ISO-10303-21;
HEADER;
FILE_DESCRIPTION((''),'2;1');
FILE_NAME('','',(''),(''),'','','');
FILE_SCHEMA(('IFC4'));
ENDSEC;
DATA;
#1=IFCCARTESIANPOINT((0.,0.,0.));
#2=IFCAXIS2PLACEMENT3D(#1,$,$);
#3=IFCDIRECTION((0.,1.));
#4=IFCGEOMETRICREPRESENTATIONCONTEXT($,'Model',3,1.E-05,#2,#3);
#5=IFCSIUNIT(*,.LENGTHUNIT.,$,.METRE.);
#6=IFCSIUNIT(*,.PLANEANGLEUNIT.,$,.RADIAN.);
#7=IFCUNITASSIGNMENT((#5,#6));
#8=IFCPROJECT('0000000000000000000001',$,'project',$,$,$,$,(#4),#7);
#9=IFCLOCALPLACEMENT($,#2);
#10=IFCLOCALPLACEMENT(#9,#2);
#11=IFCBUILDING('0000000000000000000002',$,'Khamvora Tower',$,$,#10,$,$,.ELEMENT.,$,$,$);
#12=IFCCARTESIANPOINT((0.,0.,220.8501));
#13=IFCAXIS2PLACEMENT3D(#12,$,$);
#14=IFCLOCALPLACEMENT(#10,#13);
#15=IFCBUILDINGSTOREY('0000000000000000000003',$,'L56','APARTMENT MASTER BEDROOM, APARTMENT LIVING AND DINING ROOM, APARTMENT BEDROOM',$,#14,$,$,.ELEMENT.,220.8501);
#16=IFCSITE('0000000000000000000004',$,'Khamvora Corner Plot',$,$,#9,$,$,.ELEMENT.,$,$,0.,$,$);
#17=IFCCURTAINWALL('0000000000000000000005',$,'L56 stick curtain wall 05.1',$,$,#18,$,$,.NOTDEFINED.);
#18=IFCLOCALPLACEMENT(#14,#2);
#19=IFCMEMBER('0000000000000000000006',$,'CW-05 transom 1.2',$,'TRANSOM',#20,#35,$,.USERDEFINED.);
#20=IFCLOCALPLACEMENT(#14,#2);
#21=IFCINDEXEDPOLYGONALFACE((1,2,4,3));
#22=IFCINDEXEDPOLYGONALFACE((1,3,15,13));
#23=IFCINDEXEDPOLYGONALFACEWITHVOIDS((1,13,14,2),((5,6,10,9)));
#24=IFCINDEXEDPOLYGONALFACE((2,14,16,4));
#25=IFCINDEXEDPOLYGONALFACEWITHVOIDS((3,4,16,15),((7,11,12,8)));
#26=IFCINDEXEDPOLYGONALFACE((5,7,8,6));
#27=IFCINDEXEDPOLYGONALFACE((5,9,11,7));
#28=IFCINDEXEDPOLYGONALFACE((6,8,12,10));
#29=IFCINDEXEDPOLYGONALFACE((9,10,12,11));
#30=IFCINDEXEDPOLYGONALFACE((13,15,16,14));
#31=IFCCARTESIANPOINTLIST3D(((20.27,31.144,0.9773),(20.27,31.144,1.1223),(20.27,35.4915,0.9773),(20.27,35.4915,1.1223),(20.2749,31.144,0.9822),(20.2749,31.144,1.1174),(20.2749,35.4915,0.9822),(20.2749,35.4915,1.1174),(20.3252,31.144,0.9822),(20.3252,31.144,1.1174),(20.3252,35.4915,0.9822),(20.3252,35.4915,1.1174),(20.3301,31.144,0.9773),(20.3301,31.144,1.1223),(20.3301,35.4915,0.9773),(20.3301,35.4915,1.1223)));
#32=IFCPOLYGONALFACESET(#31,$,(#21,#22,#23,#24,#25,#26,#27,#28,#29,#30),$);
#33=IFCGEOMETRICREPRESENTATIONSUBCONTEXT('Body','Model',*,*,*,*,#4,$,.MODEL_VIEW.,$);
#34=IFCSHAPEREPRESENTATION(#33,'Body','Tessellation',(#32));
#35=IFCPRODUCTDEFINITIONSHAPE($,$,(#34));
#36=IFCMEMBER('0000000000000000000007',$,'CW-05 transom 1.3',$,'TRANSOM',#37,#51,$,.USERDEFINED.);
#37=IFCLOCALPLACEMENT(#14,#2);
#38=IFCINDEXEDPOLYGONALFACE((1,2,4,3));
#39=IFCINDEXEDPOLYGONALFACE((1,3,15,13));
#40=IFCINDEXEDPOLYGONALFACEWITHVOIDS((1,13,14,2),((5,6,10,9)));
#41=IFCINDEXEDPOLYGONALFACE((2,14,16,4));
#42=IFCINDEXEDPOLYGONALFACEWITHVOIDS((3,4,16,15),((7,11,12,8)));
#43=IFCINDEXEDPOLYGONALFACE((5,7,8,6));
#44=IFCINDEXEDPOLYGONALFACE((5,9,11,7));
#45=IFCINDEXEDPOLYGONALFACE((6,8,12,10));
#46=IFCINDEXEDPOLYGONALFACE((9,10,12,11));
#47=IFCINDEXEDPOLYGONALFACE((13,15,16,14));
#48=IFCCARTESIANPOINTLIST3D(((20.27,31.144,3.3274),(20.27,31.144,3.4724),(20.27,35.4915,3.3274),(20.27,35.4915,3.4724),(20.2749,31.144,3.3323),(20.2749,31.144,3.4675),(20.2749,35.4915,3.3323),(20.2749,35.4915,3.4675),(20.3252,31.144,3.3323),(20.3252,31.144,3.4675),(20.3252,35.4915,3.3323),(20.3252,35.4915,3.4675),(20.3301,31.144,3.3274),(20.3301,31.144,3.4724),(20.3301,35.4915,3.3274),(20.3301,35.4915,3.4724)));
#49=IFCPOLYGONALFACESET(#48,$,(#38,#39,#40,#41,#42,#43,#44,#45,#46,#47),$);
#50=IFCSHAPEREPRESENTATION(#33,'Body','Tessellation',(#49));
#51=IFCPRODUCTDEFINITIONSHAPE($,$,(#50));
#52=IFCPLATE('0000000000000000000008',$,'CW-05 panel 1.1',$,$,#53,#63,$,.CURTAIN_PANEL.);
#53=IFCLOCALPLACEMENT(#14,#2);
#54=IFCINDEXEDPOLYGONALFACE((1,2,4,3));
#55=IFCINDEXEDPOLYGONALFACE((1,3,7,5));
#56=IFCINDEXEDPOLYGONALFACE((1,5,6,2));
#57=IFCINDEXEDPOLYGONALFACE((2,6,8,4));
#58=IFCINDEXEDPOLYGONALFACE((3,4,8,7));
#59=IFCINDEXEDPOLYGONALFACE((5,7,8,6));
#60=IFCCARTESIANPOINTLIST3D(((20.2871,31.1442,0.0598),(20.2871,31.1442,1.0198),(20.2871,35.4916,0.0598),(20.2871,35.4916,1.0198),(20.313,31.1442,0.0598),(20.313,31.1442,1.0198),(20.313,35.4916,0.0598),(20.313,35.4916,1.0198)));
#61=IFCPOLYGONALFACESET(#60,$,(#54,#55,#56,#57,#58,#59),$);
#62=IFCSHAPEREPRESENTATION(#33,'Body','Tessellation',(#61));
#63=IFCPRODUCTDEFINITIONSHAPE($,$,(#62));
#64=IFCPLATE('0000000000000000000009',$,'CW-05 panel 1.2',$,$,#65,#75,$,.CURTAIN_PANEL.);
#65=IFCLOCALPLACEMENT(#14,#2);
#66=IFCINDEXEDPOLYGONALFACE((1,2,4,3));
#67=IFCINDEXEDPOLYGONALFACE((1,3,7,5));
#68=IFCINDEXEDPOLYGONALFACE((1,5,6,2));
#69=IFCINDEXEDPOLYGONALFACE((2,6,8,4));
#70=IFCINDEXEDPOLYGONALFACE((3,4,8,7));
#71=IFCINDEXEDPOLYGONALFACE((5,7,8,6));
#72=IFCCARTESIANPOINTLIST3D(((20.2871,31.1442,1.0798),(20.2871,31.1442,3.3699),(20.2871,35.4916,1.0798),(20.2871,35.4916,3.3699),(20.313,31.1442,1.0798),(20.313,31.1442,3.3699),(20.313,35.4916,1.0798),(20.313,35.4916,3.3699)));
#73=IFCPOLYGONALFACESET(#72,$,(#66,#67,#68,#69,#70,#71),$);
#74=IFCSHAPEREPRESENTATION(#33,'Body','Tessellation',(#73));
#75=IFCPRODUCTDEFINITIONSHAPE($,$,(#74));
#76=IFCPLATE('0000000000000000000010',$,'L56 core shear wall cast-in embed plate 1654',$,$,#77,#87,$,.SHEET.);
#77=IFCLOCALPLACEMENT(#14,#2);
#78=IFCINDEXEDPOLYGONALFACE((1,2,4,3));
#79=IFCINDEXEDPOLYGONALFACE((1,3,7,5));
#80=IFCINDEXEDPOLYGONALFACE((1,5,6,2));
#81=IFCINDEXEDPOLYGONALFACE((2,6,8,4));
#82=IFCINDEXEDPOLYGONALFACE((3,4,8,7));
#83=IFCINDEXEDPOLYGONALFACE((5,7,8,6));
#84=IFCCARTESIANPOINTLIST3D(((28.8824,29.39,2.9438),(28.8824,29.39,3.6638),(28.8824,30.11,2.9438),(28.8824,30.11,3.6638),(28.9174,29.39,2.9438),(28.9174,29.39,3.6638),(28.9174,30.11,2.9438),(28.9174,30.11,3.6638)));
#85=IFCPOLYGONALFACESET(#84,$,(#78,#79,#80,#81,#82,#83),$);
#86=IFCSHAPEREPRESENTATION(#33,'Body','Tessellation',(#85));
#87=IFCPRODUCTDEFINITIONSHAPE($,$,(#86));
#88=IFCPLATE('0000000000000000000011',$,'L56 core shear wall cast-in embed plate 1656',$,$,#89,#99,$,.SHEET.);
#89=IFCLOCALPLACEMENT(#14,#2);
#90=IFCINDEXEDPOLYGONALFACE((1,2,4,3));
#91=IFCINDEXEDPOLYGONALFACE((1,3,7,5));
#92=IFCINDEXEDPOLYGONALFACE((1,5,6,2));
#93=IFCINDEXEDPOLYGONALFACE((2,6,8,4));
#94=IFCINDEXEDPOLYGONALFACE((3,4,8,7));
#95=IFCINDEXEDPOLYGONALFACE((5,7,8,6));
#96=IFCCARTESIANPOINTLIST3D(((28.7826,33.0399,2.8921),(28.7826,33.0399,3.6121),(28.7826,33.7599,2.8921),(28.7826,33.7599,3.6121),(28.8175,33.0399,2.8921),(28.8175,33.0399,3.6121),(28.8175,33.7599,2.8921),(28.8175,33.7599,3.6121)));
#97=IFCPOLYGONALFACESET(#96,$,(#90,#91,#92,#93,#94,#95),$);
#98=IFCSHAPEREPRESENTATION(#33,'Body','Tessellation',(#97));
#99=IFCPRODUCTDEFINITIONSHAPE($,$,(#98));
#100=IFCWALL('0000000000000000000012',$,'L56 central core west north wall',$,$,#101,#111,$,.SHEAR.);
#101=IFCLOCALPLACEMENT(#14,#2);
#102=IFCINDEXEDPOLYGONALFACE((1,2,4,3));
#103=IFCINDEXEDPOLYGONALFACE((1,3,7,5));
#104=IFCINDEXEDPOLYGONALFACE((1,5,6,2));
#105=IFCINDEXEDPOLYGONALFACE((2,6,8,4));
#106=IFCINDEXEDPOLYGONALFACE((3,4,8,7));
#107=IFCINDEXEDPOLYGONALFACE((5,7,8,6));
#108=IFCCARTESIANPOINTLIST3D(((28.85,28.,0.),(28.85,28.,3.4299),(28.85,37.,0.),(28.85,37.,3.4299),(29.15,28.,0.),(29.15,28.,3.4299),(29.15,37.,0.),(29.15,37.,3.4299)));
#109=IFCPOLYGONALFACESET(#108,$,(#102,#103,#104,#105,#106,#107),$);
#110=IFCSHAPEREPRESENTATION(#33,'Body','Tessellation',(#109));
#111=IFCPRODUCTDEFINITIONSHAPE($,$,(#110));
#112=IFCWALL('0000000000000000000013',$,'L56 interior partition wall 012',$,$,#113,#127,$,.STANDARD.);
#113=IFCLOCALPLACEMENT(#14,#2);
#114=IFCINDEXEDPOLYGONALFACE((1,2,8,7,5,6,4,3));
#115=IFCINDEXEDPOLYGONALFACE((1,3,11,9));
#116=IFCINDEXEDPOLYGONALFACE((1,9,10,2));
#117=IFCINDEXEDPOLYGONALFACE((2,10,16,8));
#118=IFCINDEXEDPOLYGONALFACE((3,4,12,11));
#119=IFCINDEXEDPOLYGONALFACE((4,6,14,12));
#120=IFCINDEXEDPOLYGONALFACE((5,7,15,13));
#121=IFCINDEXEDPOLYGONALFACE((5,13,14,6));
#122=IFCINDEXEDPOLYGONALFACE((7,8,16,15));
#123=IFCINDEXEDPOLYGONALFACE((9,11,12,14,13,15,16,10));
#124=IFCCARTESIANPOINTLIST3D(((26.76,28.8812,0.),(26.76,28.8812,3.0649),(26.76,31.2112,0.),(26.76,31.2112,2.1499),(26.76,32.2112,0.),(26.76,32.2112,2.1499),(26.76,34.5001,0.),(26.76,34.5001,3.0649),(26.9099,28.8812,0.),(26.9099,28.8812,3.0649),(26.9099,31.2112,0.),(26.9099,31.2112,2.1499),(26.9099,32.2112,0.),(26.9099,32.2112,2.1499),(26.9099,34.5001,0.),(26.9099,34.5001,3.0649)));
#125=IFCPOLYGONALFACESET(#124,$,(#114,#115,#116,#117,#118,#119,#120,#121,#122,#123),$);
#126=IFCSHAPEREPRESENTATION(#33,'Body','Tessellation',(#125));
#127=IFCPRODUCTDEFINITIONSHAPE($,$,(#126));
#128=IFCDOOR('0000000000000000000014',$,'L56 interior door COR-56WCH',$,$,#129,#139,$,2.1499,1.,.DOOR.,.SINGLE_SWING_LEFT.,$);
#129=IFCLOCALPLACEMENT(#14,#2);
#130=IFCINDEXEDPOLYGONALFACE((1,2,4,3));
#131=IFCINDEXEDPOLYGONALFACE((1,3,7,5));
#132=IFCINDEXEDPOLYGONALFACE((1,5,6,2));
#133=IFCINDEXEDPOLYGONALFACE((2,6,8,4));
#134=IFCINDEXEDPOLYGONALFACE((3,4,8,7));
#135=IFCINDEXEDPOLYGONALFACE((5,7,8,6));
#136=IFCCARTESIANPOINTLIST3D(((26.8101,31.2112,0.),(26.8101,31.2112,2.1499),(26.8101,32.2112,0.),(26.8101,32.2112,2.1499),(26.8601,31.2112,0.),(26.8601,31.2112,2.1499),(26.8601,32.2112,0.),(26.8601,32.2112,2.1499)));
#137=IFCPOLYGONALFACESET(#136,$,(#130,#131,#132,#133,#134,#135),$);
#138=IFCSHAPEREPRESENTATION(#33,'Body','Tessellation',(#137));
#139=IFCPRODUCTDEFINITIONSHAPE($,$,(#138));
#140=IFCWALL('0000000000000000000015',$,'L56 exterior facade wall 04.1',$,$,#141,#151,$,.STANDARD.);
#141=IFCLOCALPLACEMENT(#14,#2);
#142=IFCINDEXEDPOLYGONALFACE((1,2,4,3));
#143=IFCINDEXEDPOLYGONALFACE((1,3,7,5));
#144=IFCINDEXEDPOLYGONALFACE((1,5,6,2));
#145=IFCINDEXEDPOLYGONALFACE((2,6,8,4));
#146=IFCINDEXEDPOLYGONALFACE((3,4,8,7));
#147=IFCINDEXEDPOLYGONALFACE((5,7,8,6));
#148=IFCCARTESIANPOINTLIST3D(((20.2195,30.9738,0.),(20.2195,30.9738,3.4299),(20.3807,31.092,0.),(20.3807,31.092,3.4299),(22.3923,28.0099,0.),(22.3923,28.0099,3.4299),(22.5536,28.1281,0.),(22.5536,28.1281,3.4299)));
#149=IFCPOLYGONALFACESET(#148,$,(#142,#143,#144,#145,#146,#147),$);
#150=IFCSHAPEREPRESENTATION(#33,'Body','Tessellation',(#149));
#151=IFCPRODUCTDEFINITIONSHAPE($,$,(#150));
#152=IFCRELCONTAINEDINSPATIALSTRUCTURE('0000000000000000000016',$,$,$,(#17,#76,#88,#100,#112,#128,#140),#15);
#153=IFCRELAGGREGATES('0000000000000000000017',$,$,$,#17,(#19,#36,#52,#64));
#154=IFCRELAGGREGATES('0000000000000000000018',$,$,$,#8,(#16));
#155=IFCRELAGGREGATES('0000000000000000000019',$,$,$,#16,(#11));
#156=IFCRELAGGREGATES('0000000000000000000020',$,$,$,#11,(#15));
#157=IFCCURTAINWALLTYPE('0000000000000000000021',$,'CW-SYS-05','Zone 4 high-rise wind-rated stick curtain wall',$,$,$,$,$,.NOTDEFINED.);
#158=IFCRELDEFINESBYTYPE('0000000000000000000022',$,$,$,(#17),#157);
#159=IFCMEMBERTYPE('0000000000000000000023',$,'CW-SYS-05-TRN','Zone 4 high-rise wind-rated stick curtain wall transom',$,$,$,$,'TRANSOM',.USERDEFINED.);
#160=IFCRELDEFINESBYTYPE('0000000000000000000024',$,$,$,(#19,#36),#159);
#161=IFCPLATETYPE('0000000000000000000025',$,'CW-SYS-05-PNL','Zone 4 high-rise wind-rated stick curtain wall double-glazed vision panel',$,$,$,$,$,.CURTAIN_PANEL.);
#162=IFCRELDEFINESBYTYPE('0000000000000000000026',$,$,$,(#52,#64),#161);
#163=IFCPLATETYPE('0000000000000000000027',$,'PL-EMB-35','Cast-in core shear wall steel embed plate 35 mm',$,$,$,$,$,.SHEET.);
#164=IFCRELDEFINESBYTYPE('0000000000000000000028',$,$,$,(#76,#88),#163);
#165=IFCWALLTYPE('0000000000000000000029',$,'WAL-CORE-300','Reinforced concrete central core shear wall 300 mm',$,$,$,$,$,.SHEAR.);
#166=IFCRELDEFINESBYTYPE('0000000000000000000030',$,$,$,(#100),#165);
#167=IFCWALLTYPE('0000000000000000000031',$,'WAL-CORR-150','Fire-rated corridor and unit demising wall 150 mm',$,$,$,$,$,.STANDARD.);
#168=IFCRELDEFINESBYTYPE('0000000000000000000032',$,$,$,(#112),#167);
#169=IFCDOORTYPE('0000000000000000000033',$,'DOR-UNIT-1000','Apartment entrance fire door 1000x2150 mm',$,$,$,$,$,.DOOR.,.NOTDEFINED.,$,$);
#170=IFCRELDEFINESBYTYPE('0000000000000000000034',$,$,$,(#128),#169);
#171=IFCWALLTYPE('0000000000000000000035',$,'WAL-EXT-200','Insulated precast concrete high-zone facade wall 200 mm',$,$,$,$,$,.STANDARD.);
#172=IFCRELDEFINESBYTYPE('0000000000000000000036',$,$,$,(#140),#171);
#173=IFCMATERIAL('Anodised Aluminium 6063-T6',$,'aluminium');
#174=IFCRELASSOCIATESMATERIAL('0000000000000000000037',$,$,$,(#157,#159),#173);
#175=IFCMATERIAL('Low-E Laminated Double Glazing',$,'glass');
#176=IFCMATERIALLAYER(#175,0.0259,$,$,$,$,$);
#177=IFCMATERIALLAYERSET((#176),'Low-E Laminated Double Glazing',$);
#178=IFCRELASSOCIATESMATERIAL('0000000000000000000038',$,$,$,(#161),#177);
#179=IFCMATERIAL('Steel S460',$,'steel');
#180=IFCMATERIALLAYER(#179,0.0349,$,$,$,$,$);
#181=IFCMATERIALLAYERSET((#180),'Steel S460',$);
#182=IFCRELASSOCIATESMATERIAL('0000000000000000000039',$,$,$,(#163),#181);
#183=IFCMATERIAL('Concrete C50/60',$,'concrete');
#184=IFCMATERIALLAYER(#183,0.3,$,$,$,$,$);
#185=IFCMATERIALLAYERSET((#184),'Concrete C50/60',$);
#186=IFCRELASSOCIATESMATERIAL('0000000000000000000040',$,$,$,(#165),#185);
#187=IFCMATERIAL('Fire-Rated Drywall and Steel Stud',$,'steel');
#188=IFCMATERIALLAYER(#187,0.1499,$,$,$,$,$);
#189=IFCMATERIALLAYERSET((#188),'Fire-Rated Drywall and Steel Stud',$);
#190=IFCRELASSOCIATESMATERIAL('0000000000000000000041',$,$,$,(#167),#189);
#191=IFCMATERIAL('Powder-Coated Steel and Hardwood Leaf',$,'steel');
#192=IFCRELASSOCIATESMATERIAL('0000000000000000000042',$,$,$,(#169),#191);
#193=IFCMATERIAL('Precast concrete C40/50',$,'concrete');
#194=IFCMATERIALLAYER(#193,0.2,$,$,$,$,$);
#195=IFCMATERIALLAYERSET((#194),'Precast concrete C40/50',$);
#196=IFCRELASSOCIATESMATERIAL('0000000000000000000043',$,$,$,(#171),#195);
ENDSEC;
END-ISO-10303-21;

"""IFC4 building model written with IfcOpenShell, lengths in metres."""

from ifc_helpers import new_model, si_unit, direction, frame, frame_2d, origin, origin_2d, place, context, subcontext, project, spatial, rectangle, hollow_rectangle, extrude, material, layer, layer_set, material_profile, profile_set, type_object, element, fill, aggregate, save


model = new_model("IFC4")

# Units and contexts
model_context = context("Model", 3, precision=1e-05, world=origin(), true_north=direction((0.0, 1.0)))
body_context = subcontext(model_context, "Body", "Model", "MODEL_VIEW")
ifc_project = project(units=[si_unit("LENGTHUNIT", "METRE"), si_unit("PLANEANGLEUNIT", "RADIAN")], contexts=[model_context])

# Site, building, storey
site_placement = place(None, origin())
site = spatial("IfcSite", under=ifc_project, at=site_placement, Name="Khamvora Corner Plot", CompositionType="ELEMENT", RefElevation=0.0)
building_placement = place(site_placement, origin())
building = spatial("IfcBuilding", under=site, at=building_placement, Name="Khamvora Tower", CompositionType="ELEMENT")
storey_placement = place(building_placement, frame((0.0, 0.0, 220.8501)))
storey = spatial("IfcBuildingStorey", under=building, at=storey_placement, Name="L56", Description="APARTMENT MASTER BEDROOM, APARTMENT LIVING AND DINING ROOM, APARTMENT BEDROOM", CompositionType="ELEMENT", Elevation=220.8501)

# Shared definitions
ifc_material_1 = material(Name="Steel S460", Category="steel")

# Curtain wall, members, plates
ifc_material_2 = material(Name="Anodised Aluminium 6063-T6", Category="aluminium")
curtain_wall_type = type_object("IfcCurtainWallType", Name="CW-SYS-05", Description="Zone 4 high-rise wind-rated stick curtain wall", PredefinedType="NOTDEFINED", material=ifc_material_2)
curtain_wall_placement = place(storey_placement, origin())
curtain_wall = element("IfcCurtainWall", 1, at=curtain_wall_placement, inside=storey, type_object=curtain_wall_type, Name="L56 stick curtain wall 05.1", PredefinedType="NOTDEFINED")
ifc_material_profile_1 = material_profile(ifc_material_2, hollow_rectangle(XDim=0.0601, YDim=0.145, WallThickness=0.0049, at=origin_2d()), Name="TRN60x145x5")
ifc_profile_set_1 = profile_set([ifc_material_profile_1], Name="Anodised Aluminium 6063-T6")
member_type_1 = type_object("IfcMemberType", Name="CW-SYS-05-TRN", Description="Zone 4 high-rise wind-rated stick curtain wall transom", ElementType="TRANSOM", PredefinedType="USERDEFINED", material=ifc_profile_set_1)
member_1_placement = place(storey_placement, frame((20.3, 31.144, 1.0498), z_axis=(0.0, 1.0, 0.0), x_axis=(-1.0, 0.0, 0.0)))
member_1 = element("IfcMember", 2, at=member_1_placement, type_object=member_type_1, Name="CW-05 transom 1.2", ObjectType="TRANSOM", PredefinedType="USERDEFINED", context=body_context, shape_type="SweptSolid", body=[
    extrude(hollow_rectangle(XDim=0.0601, YDim=0.145, WallThickness=0.0049, at=origin_2d()), origin(), (0.0, 0.0, 1.0), 4.3474),
])
member_2_placement = place(storey_placement, frame((20.3, 31.144, 3.3999), z_axis=(0.0, 1.0, 0.0), x_axis=(-1.0, 0.0, 0.0)))
member_2 = element("IfcMember", 3, at=member_2_placement, type_object=member_type_1, Name="CW-05 transom 1.3", ObjectType="TRANSOM", PredefinedType="USERDEFINED", context=body_context, shape_type="SweptSolid", body=[
    extrude(hollow_rectangle(XDim=0.0601, YDim=0.145, WallThickness=0.0049, at=origin_2d()), origin(), (0.0, 0.0, 1.0), 4.3474),
])
ifc_material_3 = material(Name="Low-E Laminated Double Glazing", Category="glass")
ifc_layer_1 = layer(ifc_material_3, 0.0259)
ifc_layer_set_1 = layer_set([ifc_layer_1], Name="Low-E Laminated Double Glazing")
plate_type_1 = type_object("IfcPlateType", Name="CW-SYS-05-PNL", Description="Zone 4 high-rise wind-rated stick curtain wall double-glazed vision panel", PredefinedType="CURTAIN_PANEL", material=ifc_layer_set_1)
plate_1_placement = place(storey_placement, frame((20.3, 33.3179, 0.0598), z_axis=(0.0, 0.0, 1.0), x_axis=(0.0, 1.0, 0.0)))
plate_1 = element("IfcPlate", 4, at=plate_1_placement, type_object=plate_type_1, Name="CW-05 panel 1.1", PredefinedType="CURTAIN_PANEL", context=body_context, shape_type="SweptSolid", body=[
    extrude(rectangle(XDim=4.3474, YDim=0.0259, at=origin_2d()), origin(), (0.0, 0.0, 1.0), 0.96),
])
plate_2_placement = place(storey_placement, frame((20.3, 33.3179, 1.0798), z_axis=(0.0, 0.0, 1.0), x_axis=(0.0, 1.0, 0.0)))
plate_2 = element("IfcPlate", 5, at=plate_2_placement, type_object=plate_type_1, Name="CW-05 panel 1.2", PredefinedType="CURTAIN_PANEL", context=body_context, shape_type="SweptSolid", body=[
    extrude(rectangle(XDim=4.3474, YDim=0.0259, at=origin_2d()), origin(), (0.0, 0.0, 1.0), 2.29),
])
aggregate(curtain_wall, [member_1, member_2, plate_1, plate_2])

# Plates
ifc_layer_2 = layer(ifc_material_1, 0.0349)
ifc_layer_set_2 = layer_set([ifc_layer_2], Name="Steel S460")
plate_type_2 = type_object("IfcPlateType", Name="PL-EMB-35", Description="Cast-in core shear wall steel embed plate 35 mm", PredefinedType="SHEET", material=ifc_layer_set_2)
for number, where, z_axis, x_axis, name in (
    (6, (28.8999, 29.75, 2.9438), (0.0, 0.0, 1.0), (1.0, 0.0, 0.0), "L56 core shear wall cast-in embed plate 1654"),
    (7, (28.8, 33.3999, 2.8921), (0.0, 0.0, 1.0), (1.0, 0.0, 0.0), "L56 core shear wall cast-in embed plate 1656"),
):
    element("IfcPlate", number, at=place(storey_placement, frame(where, z_axis=z_axis, x_axis=x_axis)), inside=storey, type_object=plate_type_2, Name=name, PredefinedType="SHEET", context=body_context, shape_type="SweptSolid", body=[
        extrude(rectangle(XDim=0.0349, YDim=0.72, at=origin_2d()), origin(), (0.0, 0.0, 1.0), 0.72),
    ])

# Wall
ifc_material_4 = material(Name="Concrete C50/60", Category="concrete")
ifc_layer_3 = layer(ifc_material_4, 0.3)
ifc_layer_set_3 = layer_set([ifc_layer_3], Name="Concrete C50/60")
wall_type_1 = type_object("IfcWallType", Name="WAL-CORE-300", Description="Reinforced concrete central core shear wall 300 mm", PredefinedType="SHEAR", material=ifc_layer_set_3)
wall_1_placement = place(storey_placement, frame((29.0, 28.0, 0.0), z_axis=(0.0, 0.0, 1.0), x_axis=(0.0, 1.0, 0.0)))
element("IfcWall", 8, at=wall_1_placement, inside=storey, type_object=wall_type_1, Name="L56 central core west north wall", PredefinedType="SHEAR", context=body_context, shape_type="SweptSolid", body=[
    extrude(rectangle(XDim=9.0, YDim=0.3, at=frame_2d((4.5, 0.0))), origin(), (0.0, 0.0, 1.0), 3.4299),
])

# Wall, opening, door
ifc_material_5 = material(Name="Fire-Rated Drywall and Steel Stud", Category="steel")
ifc_layer_4 = layer(ifc_material_5, 0.1499)
ifc_layer_set_4 = layer_set([ifc_layer_4], Name="Fire-Rated Drywall and Steel Stud")
wall_type_2 = type_object("IfcWallType", Name="WAL-CORR-150", Description="Fire-rated corridor and unit demising wall 150 mm", PredefinedType="STANDARD", material=ifc_layer_set_4)
wall_2_placement = place(storey_placement, frame((26.835, 28.8811, 0.0), z_axis=(0.0, 0.0, 1.0), x_axis=(0.0, 1.0, 0.0)))
wall_2 = element("IfcWall", 9, at=wall_2_placement, inside=storey, type_object=wall_type_2, Name="L56 interior partition wall 012", PredefinedType="STANDARD", context=body_context, shape_type="SweptSolid", body=[
    extrude(rectangle(XDim=5.6189, YDim=0.1499, at=frame_2d((2.8096, 0.0))), origin(), (0.0, 0.0, 1.0), 3.0649),
])
opening_1_placement = place(wall_2_placement, frame((2.3301, 0.0, 0.0)))
opening_1 = element("IfcOpeningElement", 10, at=opening_1_placement, cuts=wall_2, PredefinedType="OPENING", context=body_context, shape_type="SweptSolid", body=[
    extrude(rectangle(XDim=1.0, YDim=2.1499, at=frame_2d((0.5, 1.075))), frame((0.0, 0.085, 0.0), z_axis=(0.0, -1.0, 0.0), x_axis=(1.0, 0.0, 0.0)), (0.0, 0.0, 1.0), 0.1699),
])
ifc_material_6 = material(Name="Powder-Coated Steel and Hardwood Leaf", Category="steel")
door_type_1 = type_object("IfcDoorType", Name="DOR-UNIT-1000", Description="Apartment entrance fire door 1000x2150 mm", OperationType="NOTDEFINED", PredefinedType="DOOR", material=ifc_material_6)
door_1_placement = place(opening_1_placement, origin())
door_1 = element("IfcDoor", 11, at=door_1_placement, inside=storey, type_object=door_type_1, Name="L56 interior door COR-56WCH", OperationType="SINGLE_SWING_LEFT", OverallHeight=2.1499, OverallWidth=1.0, PredefinedType="DOOR", context=body_context, shape_type="SweptSolid", body=[
    extrude(rectangle(XDim=1.0, YDim=2.1499, at=frame_2d((0.5, 1.075))), frame((0.0, 0.0249, 0.0), z_axis=(0.0, -1.0, 0.0), x_axis=(1.0, 0.0, 0.0)), (0.0, 0.0, 1.0), 0.05),
])
fill(opening_1, door_1)

# Wall
ifc_material_7 = material(Name="Precast concrete C40/50", Category="concrete")
ifc_layer_5 = layer(ifc_material_7, 0.2)
ifc_layer_set_5 = layer_set([ifc_layer_5], Name="Precast concrete C40/50")
wall_type_3 = type_object("IfcWallType", Name="WAL-EXT-200", Description="Insulated precast concrete high-zone facade wall 200 mm", PredefinedType="STANDARD", material=ifc_layer_set_5)
wall_3_placement = place(storey_placement, frame((22.4729, 28.0691, 0.0), z_axis=(0.0, 0.0, 1.0), x_axis=(-0.591248, 0.806489, 0.0)))
element("IfcWall", 12, at=wall_3_placement, inside=storey, type_object=wall_type_3, Name="L56 exterior facade wall 04.1", PredefinedType="STANDARD", context=body_context, shape_type="SweptSolid", body=[
    extrude(rectangle(XDim=3.675, YDim=0.2, at=frame_2d((1.8374, 0.0))), origin(), (0.0, 0.0, 1.0), 3.4299),
])

save(model, "model.ifc")
